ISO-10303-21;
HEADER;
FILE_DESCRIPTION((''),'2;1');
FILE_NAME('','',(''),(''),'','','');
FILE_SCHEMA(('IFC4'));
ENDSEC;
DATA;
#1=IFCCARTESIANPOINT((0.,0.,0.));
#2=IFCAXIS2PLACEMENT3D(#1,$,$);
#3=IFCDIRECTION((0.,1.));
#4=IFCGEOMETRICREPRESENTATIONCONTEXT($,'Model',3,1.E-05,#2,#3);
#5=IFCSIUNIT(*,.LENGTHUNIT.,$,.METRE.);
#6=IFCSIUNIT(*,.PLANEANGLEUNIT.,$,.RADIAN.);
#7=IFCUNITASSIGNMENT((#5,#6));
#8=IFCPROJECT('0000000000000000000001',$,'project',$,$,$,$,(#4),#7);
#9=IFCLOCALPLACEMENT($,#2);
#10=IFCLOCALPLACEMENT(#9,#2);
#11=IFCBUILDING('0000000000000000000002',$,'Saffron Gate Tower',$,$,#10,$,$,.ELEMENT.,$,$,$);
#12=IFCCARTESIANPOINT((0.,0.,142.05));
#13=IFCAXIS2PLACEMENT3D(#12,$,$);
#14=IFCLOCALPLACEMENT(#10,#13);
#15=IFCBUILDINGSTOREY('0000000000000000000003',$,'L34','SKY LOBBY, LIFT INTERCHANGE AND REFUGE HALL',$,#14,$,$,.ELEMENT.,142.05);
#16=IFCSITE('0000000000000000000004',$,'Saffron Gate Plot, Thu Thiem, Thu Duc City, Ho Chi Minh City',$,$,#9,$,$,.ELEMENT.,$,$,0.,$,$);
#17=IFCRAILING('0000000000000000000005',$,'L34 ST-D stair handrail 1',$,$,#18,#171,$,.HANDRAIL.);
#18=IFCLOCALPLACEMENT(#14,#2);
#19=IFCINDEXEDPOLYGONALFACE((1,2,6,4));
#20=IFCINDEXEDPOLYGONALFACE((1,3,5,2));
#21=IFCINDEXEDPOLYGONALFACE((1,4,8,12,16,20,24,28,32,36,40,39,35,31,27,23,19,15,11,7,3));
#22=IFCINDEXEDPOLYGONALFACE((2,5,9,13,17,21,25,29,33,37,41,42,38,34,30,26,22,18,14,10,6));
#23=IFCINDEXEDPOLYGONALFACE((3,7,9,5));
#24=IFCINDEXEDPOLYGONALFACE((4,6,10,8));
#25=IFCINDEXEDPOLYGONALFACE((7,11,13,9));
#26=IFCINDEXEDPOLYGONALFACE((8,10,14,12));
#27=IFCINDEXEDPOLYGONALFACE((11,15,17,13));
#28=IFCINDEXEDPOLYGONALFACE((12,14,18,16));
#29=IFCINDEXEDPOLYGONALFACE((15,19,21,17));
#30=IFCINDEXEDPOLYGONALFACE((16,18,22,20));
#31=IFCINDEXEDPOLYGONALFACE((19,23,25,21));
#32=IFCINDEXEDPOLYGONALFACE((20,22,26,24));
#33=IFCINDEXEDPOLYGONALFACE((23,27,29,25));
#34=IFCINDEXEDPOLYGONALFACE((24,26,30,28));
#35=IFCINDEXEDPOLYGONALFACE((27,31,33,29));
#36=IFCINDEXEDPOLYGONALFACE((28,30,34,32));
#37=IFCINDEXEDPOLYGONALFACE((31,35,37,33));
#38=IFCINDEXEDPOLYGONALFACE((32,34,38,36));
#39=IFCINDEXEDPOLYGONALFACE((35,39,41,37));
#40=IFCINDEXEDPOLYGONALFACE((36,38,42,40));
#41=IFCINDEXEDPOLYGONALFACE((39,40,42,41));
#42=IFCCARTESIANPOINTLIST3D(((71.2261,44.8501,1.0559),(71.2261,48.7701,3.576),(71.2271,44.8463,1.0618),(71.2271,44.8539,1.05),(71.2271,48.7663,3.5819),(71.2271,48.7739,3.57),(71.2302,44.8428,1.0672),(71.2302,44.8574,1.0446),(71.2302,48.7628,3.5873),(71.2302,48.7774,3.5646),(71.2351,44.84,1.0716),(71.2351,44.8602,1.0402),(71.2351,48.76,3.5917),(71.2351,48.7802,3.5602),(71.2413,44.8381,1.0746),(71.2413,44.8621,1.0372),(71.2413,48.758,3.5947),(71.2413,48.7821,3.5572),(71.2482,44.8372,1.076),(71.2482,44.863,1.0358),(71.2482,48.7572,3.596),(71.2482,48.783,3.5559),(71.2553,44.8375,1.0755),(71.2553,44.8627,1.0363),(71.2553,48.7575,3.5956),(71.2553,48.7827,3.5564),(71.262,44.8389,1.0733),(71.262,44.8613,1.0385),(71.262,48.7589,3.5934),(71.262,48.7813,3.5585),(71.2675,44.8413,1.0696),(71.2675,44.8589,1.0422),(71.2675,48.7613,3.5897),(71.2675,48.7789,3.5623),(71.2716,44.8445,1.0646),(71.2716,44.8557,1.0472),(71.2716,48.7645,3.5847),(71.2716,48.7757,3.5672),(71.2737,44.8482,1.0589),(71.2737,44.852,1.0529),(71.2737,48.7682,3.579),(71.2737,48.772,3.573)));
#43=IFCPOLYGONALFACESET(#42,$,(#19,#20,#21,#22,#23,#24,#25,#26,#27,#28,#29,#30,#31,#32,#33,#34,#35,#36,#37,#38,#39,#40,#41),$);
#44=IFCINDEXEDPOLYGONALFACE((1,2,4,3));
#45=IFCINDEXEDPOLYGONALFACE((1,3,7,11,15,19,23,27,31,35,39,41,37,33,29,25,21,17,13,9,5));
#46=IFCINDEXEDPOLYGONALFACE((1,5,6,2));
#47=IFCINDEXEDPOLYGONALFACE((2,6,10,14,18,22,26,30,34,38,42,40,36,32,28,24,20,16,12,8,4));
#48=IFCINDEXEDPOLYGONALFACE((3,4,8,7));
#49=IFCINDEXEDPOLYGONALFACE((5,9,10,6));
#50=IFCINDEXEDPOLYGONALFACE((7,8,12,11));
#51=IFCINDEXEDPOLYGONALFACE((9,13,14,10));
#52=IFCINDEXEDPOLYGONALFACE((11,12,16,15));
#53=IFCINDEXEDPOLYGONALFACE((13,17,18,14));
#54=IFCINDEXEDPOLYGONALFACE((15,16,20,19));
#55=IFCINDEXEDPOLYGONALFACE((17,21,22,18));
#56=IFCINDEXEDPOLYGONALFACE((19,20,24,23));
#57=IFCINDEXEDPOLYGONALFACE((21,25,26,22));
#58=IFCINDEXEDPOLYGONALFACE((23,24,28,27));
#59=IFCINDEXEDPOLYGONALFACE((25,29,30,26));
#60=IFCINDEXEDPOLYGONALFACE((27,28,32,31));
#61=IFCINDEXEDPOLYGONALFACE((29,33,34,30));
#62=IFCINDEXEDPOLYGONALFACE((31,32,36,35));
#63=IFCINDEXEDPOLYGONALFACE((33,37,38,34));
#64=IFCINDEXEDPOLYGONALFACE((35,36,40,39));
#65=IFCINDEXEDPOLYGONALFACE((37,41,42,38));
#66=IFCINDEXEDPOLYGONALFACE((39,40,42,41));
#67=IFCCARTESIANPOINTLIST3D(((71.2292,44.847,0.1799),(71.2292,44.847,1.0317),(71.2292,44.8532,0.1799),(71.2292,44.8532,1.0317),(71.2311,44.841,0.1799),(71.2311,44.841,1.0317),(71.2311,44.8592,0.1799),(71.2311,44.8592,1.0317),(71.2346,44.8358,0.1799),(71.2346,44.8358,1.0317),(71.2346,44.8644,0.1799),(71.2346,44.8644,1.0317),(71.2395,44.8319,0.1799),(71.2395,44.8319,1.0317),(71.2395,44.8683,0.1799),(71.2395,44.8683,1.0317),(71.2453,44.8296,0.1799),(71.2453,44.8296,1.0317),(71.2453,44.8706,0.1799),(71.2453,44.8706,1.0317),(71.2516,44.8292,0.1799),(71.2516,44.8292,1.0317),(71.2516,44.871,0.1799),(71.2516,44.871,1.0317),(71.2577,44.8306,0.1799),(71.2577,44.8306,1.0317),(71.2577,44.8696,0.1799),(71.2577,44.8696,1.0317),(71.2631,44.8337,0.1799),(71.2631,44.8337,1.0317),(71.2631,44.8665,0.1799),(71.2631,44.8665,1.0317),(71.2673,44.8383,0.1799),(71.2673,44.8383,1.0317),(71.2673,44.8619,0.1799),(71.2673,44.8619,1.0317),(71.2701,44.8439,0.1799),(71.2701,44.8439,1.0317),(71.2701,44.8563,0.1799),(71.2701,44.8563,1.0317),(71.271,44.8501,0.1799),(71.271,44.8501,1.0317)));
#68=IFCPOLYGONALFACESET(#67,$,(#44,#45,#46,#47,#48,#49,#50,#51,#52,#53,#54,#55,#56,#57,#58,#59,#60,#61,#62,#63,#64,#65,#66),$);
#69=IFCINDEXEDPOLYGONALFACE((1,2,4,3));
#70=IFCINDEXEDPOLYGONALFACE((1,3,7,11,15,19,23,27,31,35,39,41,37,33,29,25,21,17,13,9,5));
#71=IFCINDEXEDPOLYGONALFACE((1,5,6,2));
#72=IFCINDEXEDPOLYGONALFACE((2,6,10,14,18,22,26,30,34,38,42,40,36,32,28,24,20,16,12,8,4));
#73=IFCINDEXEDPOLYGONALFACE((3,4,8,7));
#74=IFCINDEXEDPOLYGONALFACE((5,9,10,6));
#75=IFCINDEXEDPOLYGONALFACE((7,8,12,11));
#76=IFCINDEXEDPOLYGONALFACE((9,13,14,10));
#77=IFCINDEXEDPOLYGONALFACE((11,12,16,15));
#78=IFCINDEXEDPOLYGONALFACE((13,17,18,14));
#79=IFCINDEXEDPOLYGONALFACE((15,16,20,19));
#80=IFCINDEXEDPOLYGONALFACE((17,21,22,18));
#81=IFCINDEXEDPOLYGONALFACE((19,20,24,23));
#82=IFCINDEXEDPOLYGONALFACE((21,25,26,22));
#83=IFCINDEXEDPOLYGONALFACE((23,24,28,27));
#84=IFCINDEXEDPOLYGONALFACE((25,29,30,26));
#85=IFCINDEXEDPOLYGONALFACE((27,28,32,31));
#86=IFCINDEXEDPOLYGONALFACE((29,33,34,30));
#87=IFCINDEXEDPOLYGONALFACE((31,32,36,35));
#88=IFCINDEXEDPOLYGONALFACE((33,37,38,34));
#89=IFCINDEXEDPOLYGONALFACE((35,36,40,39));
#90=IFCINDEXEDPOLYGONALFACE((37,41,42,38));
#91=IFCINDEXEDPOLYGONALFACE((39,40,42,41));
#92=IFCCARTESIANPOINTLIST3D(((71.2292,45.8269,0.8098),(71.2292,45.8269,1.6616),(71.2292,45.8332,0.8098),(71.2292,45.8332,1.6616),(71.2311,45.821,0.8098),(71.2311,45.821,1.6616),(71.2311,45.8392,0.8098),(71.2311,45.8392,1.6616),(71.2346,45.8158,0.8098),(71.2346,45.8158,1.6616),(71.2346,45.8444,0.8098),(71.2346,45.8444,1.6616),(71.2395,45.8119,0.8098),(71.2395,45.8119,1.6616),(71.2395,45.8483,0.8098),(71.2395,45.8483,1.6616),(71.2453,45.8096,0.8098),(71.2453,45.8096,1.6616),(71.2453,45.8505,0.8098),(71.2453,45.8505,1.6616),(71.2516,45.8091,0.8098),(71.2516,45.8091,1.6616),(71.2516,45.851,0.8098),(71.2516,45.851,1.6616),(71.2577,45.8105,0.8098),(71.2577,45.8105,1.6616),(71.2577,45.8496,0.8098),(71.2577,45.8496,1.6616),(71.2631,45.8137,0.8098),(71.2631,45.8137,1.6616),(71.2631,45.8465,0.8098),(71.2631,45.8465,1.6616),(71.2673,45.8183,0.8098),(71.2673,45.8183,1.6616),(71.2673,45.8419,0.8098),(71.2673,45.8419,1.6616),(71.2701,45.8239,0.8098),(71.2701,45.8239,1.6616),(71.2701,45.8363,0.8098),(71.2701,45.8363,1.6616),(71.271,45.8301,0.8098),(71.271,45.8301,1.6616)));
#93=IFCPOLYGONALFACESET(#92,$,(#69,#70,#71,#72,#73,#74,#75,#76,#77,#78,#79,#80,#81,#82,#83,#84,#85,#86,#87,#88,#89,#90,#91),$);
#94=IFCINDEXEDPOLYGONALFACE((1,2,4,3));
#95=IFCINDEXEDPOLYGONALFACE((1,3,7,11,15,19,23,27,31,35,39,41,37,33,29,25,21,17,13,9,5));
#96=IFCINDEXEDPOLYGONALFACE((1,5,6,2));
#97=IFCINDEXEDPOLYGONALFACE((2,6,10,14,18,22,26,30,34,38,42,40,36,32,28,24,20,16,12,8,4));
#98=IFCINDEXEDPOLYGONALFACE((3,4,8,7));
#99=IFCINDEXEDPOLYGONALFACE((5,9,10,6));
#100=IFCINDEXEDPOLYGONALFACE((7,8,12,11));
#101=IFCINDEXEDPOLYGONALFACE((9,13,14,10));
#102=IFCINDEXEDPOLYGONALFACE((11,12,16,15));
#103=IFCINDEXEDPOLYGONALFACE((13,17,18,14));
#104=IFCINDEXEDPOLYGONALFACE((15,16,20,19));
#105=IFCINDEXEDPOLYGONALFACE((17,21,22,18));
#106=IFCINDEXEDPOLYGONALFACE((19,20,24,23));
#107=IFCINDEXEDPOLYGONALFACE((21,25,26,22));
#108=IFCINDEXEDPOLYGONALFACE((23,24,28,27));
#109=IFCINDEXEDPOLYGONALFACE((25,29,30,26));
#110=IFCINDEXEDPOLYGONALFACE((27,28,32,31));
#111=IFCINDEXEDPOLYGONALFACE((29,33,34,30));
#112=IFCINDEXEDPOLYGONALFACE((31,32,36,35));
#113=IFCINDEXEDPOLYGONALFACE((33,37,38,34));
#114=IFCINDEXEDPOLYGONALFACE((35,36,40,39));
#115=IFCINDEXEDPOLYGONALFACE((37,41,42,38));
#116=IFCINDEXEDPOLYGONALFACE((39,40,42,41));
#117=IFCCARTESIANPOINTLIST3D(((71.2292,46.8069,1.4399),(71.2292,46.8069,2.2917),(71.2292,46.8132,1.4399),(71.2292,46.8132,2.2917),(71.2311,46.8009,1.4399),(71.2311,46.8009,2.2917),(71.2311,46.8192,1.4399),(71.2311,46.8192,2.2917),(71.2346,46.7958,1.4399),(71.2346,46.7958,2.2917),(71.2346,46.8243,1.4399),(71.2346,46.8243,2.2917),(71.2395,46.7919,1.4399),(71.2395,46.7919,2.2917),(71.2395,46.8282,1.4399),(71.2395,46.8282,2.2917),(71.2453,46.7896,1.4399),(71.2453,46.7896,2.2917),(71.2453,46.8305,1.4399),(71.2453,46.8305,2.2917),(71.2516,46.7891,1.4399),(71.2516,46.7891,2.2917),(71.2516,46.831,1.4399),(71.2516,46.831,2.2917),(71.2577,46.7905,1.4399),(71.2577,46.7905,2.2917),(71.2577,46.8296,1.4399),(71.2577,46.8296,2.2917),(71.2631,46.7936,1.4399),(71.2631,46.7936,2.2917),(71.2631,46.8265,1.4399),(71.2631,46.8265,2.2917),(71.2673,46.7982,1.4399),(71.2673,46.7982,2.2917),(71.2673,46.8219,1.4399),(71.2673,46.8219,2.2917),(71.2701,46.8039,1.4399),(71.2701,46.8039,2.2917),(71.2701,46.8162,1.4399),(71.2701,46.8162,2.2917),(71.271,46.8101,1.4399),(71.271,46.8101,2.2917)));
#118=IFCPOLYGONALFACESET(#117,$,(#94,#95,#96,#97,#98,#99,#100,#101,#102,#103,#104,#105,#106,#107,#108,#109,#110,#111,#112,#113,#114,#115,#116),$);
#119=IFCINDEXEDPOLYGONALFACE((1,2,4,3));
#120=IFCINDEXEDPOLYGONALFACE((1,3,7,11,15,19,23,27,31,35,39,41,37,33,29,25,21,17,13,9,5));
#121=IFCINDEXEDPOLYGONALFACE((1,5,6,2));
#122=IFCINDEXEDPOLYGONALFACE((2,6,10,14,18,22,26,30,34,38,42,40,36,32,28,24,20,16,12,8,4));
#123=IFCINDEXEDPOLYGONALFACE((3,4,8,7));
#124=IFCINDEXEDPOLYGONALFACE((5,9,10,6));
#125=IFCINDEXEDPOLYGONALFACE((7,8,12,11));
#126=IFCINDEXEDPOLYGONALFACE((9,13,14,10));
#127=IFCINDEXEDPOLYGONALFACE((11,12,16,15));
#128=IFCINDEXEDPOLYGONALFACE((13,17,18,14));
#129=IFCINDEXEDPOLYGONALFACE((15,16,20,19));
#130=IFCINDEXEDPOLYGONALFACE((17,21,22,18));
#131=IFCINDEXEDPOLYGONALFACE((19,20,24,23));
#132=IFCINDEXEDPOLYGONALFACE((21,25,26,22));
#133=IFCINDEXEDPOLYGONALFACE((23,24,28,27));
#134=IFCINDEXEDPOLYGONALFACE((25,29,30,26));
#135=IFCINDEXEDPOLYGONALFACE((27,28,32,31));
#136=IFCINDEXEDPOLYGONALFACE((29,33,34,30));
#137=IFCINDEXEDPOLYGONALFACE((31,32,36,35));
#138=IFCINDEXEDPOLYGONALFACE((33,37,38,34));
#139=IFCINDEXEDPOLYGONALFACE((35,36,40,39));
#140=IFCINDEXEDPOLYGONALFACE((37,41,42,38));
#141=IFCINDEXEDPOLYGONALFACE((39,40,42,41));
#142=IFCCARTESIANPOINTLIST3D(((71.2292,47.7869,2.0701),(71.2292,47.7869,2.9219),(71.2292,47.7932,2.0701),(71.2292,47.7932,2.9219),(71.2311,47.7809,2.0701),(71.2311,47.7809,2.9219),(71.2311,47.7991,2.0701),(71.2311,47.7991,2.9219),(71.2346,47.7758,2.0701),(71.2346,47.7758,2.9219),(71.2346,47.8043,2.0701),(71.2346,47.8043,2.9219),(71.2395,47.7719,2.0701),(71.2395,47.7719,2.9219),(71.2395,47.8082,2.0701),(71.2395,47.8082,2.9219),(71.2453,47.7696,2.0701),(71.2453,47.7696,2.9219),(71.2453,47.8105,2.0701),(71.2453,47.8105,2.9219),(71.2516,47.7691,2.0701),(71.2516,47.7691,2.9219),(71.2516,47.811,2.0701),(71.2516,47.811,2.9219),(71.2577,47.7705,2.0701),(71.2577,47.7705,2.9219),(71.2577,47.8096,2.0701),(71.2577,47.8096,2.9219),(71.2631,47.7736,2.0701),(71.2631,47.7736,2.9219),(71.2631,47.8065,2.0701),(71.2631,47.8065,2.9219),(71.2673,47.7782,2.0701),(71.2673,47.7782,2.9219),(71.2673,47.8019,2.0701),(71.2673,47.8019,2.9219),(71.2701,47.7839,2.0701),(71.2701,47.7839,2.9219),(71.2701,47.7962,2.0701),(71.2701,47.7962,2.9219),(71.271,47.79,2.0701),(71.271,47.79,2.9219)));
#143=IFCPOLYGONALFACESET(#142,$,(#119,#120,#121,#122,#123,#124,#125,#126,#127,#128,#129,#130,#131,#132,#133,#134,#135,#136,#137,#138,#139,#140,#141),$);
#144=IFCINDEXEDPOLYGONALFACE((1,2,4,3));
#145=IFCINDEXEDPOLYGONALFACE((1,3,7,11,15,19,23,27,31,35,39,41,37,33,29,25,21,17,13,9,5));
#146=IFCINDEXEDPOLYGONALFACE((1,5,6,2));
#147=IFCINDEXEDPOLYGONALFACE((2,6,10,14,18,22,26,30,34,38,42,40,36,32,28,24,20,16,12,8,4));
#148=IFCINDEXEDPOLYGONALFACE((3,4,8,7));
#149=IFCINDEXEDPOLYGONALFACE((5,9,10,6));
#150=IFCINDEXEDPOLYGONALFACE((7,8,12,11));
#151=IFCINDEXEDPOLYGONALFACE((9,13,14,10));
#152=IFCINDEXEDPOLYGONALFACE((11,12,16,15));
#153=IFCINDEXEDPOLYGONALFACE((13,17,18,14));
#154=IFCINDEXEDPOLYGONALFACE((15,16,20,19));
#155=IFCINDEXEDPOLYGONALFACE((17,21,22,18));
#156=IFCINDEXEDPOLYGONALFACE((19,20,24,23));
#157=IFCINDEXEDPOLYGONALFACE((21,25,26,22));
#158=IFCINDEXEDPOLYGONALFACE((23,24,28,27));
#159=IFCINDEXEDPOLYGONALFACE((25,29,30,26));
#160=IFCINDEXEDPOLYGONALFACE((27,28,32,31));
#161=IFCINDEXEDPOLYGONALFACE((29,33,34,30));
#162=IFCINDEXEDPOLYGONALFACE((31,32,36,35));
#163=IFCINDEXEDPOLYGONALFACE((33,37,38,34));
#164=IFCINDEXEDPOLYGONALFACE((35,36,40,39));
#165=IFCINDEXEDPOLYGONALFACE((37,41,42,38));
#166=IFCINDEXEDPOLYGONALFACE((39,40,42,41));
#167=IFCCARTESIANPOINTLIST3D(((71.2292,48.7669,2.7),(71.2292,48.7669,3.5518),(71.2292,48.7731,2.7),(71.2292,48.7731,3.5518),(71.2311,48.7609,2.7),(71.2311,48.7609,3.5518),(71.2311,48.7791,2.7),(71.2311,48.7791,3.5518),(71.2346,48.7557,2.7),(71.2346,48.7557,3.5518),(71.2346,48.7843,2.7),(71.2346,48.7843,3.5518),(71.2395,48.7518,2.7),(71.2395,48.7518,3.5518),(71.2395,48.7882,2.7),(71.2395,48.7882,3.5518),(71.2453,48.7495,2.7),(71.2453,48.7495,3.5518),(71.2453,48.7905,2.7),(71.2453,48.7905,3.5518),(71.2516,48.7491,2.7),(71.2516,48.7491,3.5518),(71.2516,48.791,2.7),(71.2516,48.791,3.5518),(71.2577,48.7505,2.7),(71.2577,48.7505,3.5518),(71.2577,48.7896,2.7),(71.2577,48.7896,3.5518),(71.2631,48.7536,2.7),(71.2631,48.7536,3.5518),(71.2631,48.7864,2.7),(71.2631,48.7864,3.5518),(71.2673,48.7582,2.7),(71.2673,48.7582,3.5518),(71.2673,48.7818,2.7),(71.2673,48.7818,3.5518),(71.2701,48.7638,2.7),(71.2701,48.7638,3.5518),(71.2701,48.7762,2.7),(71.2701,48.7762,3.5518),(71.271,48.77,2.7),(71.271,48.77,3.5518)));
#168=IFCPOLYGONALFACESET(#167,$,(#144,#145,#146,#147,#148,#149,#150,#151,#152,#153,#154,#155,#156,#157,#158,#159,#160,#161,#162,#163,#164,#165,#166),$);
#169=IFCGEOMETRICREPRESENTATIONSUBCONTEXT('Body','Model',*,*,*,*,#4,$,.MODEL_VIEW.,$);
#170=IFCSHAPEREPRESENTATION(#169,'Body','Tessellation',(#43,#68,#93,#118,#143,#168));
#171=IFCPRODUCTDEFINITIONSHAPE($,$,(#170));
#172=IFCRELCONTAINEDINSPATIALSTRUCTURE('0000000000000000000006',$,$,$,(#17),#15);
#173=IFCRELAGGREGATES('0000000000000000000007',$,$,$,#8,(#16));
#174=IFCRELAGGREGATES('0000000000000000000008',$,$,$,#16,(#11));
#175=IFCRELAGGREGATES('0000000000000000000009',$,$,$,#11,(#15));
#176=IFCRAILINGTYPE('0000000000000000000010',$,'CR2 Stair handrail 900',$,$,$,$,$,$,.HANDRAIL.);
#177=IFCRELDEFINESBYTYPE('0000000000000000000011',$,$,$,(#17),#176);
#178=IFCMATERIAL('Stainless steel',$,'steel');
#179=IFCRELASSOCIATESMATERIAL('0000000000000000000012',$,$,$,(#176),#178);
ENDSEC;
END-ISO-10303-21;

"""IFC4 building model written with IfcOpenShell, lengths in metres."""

from ifc_helpers import new_model, si_unit, direction, frame, origin, origin_2d, place, context, subcontext, project, spatial, circle, extrude, material, type_object, element, save


model = new_model("IFC4")

# Units and contexts
model_context = context("Model", 3, precision=1e-05, world=origin(), true_north=direction((0.0, 1.0)))
body_context = subcontext(model_context, "Body", "Model", "MODEL_VIEW")
ifc_project = project(units=[si_unit("LENGTHUNIT", "METRE"), si_unit("PLANEANGLEUNIT", "RADIAN")], contexts=[model_context])

# Site, building, storey
site_placement = place(None, origin())
site = spatial("IfcSite", under=ifc_project, at=site_placement, Name="Saffron Gate Plot, Thu Thiem, Thu Duc City, Ho Chi Minh City", CompositionType="ELEMENT", RefElevation=0.0)
building_placement = place(site_placement, origin())
building = spatial("IfcBuilding", under=site, at=building_placement, Name="Saffron Gate Tower", CompositionType="ELEMENT")
storey_placement = place(building_placement, frame((0.0, 0.0, 142.05)))
storey = spatial("IfcBuildingStorey", under=building, at=storey_placement, Name="L34", Description="SKY LOBBY, LIFT INTERCHANGE AND REFUGE HALL", CompositionType="ELEMENT", Elevation=142.05)

# Railing
ifc_material_1 = material(Name="Stainless steel", Category="steel")
railing_type_1 = type_object("IfcRailingType", Name="CR2 Stair handrail 900", PredefinedType="HANDRAIL", material=ifc_material_1)
railing_1_placement = place(storey_placement, frame((71.25, 44.8501, 0.1799)))
element("IfcRailing", 1, at=railing_1_placement, inside=storey, type_object=railing_type_1, Name="L34 ST-D stair handrail 1", PredefinedType="HANDRAIL", context=body_context, shape_type="SweptSolid", body=[
    extrude(circle(Radius=0.0239, at=origin_2d()), frame((0.0, 0.0, 0.876), z_axis=(0.0, 0.841172, 0.540768), x_axis=(-1.0, 0.0, 0.0)), (0.0, 0.0, 1.0), 4.6602),
    extrude(circle(Radius=0.021, at=origin_2d()), origin(), (0.0, 0.0, 1.0), 0.8518),
    extrude(circle(Radius=0.021, at=origin_2d()), frame((0.0, 0.98, 0.6299)), (0.0, 0.0, 1.0), 0.8518),
    extrude(circle(Radius=0.021, at=origin_2d()), frame((0.0, 1.96, 1.26)), (0.0, 0.0, 1.0), 0.8518),
    extrude(circle(Radius=0.021, at=origin_2d()), frame((0.0, 2.9399, 1.8901)), (0.0, 0.0, 1.0), 0.8518),
    extrude(circle(Radius=0.021, at=origin_2d()), frame((0.0, 3.9199, 2.52)), (0.0, 0.0, 1.0), 0.8518),
])

save(model, "model.ifc")
